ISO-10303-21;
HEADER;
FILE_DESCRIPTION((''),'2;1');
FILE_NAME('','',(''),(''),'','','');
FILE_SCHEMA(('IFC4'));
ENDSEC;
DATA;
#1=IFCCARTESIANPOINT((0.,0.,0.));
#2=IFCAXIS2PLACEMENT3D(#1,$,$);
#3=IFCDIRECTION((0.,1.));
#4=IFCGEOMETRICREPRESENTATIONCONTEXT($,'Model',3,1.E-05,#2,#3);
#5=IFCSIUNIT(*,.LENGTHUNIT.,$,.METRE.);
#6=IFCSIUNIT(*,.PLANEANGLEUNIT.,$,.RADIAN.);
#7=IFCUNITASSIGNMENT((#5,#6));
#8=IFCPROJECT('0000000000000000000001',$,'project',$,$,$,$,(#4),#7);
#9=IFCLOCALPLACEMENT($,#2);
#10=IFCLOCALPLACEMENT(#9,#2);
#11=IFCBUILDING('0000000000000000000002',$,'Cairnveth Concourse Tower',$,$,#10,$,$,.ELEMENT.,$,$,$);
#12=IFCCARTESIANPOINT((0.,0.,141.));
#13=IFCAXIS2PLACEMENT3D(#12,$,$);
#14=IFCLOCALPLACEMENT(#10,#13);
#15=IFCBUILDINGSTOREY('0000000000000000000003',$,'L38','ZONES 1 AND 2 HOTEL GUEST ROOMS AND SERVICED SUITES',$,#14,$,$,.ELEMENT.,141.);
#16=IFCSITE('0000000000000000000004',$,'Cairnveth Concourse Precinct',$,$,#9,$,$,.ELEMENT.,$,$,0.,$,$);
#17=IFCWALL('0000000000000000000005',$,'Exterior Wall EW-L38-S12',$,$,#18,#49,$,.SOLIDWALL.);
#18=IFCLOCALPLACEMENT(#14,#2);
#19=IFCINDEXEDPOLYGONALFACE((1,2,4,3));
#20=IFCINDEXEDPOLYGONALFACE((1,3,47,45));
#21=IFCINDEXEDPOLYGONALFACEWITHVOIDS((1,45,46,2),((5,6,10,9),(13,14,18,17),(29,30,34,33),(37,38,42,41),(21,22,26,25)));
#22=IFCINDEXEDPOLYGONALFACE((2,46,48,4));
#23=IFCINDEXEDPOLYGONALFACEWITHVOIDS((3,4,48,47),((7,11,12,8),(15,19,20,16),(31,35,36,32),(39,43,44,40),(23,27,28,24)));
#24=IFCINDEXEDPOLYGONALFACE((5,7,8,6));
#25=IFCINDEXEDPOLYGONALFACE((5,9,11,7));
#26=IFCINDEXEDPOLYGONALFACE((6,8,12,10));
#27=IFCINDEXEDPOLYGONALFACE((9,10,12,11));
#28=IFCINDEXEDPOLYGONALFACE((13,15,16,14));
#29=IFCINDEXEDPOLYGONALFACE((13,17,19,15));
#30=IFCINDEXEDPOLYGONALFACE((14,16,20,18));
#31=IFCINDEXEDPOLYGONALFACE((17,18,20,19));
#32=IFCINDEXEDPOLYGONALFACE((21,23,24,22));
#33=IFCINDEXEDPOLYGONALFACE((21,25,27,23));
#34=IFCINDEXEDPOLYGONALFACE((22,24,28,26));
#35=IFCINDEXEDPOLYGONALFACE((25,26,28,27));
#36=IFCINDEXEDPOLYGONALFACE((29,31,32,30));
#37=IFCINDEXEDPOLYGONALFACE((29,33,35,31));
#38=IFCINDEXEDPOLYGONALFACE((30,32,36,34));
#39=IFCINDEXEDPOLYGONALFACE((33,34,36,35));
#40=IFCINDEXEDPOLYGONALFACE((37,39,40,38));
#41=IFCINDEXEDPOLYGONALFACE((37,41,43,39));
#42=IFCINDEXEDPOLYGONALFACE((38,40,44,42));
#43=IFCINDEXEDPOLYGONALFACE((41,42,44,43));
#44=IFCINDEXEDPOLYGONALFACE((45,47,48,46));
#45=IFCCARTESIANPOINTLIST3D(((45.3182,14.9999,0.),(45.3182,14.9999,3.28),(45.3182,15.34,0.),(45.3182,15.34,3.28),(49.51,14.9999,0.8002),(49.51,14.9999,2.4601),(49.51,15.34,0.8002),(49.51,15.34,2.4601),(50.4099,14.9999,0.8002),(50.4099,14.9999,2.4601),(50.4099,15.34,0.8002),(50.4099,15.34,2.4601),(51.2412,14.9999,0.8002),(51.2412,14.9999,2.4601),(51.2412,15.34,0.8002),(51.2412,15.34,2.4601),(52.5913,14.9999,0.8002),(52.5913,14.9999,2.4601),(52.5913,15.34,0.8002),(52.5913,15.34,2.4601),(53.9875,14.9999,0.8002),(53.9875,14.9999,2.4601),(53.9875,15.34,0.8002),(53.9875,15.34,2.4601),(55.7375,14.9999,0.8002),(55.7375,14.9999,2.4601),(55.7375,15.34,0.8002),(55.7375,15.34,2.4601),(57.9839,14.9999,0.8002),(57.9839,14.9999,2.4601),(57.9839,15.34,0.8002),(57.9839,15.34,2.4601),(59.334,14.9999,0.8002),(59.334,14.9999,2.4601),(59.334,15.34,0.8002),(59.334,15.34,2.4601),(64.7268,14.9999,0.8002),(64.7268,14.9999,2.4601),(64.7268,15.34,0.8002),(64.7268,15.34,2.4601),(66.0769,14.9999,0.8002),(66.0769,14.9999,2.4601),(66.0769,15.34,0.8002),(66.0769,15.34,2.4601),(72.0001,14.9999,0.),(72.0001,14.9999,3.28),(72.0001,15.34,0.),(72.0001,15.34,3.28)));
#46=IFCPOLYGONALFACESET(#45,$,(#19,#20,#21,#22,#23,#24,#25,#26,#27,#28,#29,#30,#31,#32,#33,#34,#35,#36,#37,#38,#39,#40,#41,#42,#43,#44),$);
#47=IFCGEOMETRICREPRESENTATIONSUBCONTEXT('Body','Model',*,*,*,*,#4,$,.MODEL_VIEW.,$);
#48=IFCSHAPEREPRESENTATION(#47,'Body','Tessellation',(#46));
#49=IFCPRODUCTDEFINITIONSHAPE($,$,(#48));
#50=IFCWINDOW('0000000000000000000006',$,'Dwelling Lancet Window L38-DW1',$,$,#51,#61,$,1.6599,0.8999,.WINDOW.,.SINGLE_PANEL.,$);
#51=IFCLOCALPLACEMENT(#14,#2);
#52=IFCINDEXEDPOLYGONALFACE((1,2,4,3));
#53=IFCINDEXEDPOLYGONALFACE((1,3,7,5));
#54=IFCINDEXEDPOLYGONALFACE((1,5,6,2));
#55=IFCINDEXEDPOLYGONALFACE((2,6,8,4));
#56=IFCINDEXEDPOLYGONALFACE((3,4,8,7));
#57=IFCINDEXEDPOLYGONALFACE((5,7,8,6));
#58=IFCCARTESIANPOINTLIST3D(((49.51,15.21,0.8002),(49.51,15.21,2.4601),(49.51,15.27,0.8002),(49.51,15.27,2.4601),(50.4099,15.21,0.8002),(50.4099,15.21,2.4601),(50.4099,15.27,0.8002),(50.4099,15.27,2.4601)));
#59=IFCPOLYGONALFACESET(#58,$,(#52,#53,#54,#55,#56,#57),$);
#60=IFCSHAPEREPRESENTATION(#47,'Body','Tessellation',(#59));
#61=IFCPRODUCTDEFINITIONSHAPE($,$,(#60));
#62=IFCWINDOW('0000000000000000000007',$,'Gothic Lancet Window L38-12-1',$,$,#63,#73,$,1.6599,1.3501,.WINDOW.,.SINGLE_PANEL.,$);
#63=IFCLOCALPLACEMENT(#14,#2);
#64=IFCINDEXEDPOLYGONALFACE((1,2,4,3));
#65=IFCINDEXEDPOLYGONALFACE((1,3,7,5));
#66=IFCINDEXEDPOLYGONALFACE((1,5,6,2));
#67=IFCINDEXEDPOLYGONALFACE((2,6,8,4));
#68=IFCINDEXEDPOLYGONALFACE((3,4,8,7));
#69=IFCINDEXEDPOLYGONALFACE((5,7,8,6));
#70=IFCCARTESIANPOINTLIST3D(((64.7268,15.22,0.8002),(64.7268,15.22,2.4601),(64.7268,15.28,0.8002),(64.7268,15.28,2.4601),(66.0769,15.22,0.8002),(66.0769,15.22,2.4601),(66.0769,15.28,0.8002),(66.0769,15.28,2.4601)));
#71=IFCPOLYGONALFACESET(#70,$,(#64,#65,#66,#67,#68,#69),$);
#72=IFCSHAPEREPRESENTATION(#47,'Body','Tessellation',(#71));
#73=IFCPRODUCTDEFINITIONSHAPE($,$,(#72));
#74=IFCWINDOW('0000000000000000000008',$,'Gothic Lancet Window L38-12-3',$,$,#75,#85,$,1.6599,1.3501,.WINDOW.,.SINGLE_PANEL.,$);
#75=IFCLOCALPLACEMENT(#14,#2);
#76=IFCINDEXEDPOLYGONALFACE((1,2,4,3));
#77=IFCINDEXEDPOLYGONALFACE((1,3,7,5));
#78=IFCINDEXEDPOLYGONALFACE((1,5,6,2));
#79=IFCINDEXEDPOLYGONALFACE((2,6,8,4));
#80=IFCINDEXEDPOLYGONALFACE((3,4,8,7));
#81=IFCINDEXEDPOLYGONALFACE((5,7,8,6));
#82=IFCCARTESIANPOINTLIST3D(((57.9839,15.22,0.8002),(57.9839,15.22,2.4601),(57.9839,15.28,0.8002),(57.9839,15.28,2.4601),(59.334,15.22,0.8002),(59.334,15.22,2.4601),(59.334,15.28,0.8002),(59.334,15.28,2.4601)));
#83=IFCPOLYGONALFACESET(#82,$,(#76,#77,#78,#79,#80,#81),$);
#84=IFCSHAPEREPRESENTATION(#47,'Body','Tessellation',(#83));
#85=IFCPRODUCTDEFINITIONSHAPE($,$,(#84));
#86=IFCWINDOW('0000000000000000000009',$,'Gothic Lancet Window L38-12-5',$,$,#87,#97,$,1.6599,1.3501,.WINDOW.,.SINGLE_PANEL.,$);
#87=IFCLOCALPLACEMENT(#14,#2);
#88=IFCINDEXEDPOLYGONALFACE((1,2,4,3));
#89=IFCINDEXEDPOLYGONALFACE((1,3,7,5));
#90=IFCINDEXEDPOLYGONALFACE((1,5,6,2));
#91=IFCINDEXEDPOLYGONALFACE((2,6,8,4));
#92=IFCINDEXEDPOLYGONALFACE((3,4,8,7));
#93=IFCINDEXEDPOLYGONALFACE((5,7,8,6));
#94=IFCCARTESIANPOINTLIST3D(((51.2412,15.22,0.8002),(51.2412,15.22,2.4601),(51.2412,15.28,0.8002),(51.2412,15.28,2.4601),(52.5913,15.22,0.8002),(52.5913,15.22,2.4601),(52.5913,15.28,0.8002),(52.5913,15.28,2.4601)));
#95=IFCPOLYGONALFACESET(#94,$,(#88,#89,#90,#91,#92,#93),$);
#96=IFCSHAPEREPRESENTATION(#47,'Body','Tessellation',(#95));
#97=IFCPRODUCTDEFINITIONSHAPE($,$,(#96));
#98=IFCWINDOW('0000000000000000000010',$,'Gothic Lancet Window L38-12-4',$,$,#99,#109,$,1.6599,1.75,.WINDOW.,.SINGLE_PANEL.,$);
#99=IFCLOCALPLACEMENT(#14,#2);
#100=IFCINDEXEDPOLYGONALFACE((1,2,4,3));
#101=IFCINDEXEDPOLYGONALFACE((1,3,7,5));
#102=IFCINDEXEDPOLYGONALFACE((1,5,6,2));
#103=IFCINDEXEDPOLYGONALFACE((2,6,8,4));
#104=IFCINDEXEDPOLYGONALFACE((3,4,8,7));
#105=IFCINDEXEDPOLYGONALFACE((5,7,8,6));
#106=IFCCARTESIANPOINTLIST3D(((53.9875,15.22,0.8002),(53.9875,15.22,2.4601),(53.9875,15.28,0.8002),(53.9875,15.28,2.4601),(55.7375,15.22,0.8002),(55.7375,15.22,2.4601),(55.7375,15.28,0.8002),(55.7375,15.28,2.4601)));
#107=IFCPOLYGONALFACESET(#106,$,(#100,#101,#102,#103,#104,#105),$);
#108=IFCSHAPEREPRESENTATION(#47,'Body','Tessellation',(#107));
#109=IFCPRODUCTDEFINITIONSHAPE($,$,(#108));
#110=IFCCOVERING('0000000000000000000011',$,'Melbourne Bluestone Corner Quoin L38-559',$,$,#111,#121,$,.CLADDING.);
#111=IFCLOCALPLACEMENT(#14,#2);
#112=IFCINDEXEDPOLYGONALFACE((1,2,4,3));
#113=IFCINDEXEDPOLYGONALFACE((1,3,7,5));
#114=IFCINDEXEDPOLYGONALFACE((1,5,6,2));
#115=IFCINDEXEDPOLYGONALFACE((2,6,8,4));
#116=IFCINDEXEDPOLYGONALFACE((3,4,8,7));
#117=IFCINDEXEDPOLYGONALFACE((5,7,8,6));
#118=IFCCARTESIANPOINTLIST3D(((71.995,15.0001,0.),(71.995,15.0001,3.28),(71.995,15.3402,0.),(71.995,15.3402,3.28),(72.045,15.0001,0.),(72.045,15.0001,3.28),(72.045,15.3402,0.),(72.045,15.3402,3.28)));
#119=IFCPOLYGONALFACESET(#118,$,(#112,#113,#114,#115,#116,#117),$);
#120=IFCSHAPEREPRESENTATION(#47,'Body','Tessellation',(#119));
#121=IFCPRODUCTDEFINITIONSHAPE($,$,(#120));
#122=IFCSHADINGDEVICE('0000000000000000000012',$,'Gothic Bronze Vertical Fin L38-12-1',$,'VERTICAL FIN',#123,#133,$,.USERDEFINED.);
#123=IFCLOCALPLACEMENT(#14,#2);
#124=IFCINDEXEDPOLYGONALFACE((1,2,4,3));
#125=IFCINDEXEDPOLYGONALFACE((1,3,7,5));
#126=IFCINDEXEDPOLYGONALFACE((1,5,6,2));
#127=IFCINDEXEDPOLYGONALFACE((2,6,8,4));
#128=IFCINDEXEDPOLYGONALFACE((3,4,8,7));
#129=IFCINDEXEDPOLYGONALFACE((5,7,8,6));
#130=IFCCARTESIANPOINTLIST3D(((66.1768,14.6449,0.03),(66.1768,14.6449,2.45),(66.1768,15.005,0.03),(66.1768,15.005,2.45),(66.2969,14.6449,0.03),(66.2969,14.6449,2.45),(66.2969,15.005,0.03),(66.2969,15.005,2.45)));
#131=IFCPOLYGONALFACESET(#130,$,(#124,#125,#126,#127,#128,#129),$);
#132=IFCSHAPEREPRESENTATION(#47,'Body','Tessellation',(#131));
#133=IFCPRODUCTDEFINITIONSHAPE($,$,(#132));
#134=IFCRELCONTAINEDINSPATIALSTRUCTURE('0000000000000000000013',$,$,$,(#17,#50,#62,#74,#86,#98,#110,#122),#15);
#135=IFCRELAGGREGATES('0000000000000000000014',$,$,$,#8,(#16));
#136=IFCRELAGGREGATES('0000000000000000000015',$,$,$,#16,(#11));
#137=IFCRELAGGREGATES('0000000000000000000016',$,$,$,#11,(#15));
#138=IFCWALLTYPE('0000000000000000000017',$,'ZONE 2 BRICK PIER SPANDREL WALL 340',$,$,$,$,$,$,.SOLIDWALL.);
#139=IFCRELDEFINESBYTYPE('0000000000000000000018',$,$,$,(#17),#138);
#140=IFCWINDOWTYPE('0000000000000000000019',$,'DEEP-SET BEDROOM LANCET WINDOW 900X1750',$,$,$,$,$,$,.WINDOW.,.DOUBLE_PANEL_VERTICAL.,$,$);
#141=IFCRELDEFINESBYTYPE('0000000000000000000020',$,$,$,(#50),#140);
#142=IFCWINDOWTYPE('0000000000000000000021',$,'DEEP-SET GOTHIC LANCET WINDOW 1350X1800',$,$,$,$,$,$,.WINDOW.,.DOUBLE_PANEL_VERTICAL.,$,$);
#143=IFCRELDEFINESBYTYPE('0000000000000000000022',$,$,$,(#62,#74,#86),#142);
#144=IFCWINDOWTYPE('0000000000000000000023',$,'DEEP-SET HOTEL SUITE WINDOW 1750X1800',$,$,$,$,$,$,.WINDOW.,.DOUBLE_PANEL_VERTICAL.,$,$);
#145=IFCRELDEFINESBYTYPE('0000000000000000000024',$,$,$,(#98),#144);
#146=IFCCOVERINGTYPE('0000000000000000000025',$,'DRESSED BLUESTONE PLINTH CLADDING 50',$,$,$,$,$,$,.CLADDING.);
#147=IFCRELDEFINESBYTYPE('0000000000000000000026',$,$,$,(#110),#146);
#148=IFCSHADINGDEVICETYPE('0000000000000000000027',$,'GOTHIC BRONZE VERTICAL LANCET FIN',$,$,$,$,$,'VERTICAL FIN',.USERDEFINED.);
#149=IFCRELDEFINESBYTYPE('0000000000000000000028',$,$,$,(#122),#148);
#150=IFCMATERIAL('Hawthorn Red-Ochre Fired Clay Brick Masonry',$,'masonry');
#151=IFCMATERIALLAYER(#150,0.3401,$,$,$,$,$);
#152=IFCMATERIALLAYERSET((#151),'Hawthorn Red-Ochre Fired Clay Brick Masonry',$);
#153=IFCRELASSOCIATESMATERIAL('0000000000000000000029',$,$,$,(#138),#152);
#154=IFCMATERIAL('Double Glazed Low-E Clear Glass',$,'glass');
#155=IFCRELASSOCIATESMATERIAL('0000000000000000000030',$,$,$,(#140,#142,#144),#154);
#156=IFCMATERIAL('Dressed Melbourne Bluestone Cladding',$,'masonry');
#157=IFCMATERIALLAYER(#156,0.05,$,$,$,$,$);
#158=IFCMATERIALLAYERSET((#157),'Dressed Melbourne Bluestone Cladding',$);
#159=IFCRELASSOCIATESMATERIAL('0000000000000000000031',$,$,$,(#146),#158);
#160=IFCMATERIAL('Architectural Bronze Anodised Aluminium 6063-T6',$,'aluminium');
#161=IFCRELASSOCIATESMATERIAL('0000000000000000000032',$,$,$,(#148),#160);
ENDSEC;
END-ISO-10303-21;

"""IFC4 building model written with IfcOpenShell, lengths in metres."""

from ifc_helpers import new_model, si_unit, direction, frame, frame_2d, origin, origin_2d, place, context, subcontext, project, spatial, rectangle, extrude, material, layer, layer_set, type_object, element, fill, save


model = new_model("IFC4")

# Units and contexts
model_context = context("Model", 3, precision=1e-05, world=origin(), true_north=direction((0.0, 1.0)))
body_context = subcontext(model_context, "Body", "Model", "MODEL_VIEW")
ifc_project = project(units=[si_unit("LENGTHUNIT", "METRE"), si_unit("PLANEANGLEUNIT", "RADIAN")], contexts=[model_context])

# Site, building, storey
site_placement = place(None, origin())
site = spatial("IfcSite", under=ifc_project, at=site_placement, Name="Cairnveth Concourse Precinct", CompositionType="ELEMENT", RefElevation=0.0)
building_placement = place(site_placement, origin())
building = spatial("IfcBuilding", under=site, at=building_placement, Name="Cairnveth Concourse Tower", CompositionType="ELEMENT")
storey_placement = place(building_placement, frame((0.0, 0.0, 141.0)))
storey = spatial("IfcBuildingStorey", under=building, at=storey_placement, Name="L38", Description="ZONES 1 AND 2 HOTEL GUEST ROOMS AND SERVICED SUITES", CompositionType="ELEMENT", Elevation=141.0)

# Wall, openings, windows
ifc_material_1 = material(Name="Hawthorn Red-Ochre Fired Clay Brick Masonry", Category="masonry")
ifc_layer_1 = layer(ifc_material_1, 0.3401)
ifc_layer_set_1 = layer_set([ifc_layer_1], Name="Hawthorn Red-Ochre Fired Clay Brick Masonry")
wall_type_1 = type_object("IfcWallType", Name="ZONE 2 BRICK PIER SPANDREL WALL 340", PredefinedType="SOLIDWALL", material=ifc_layer_set_1)
wall_1_placement = place(storey_placement, frame((72.0, 15.1699, 0.0), z_axis=(0.0, 0.0, 1.0), x_axis=(-1.0, 0.0, 0.0)))
wall_1 = element("IfcWall", 1, at=wall_1_placement, inside=storey, type_object=wall_type_1, Name="Exterior Wall EW-L38-S12", PredefinedType="SOLIDWALL", context=body_context, shape_type="SweptSolid", body=[
    extrude(rectangle(XDim=26.6819, YDim=0.3401, at=frame_2d((13.3408, 0.0))), origin(), (0.0, 0.0, 1.0), 3.28),
])
opening_1_placement = place(wall_1_placement, frame((5.9231, 0.0, 0.8)))
opening_1 = element("IfcOpeningElement", 2, at=opening_1_placement, cuts=wall_1, PredefinedType="OPENING", context=body_context, shape_type="SweptSolid", body=[
    extrude(rectangle(XDim=1.3501, YDim=1.6599, at=frame_2d((0.675, 0.8301))), frame((0.0, 0.1799, 0.0), z_axis=(0.0, -1.0, 0.0), x_axis=(1.0, 0.0, 0.0)), (0.0, 0.0, 1.0), 0.3601),
])
opening_2_placement = place(wall_1_placement, frame((12.666, 0.0, 0.8)))
opening_2 = element("IfcOpeningElement", 3, at=opening_2_placement, cuts=wall_1, PredefinedType="OPENING", context=body_context, shape_type="SweptSolid", body=[
    extrude(rectangle(XDim=1.3501, YDim=1.6599, at=frame_2d((0.675, 0.8301))), frame((0.0, 0.1799, 0.0), z_axis=(0.0, -1.0, 0.0), x_axis=(1.0, 0.0, 0.0)), (0.0, 0.0, 1.0), 0.3601),
])
opening_3_placement = place(wall_1_placement, frame((16.2625, 0.0, 0.8)))
opening_3 = element("IfcOpeningElement", 4, at=opening_3_placement, cuts=wall_1, PredefinedType="OPENING", context=body_context, shape_type="SweptSolid", body=[
    extrude(rectangle(XDim=1.75, YDim=1.6599, at=frame_2d((0.875, 0.8301))), frame((0.0, 0.1799, 0.0), z_axis=(0.0, -1.0, 0.0), x_axis=(1.0, 0.0, 0.0)), (0.0, 0.0, 1.0), 0.3601),
])
opening_4_placement = place(wall_1_placement, frame((19.4087, 0.0, 0.8)))
opening_4 = element("IfcOpeningElement", 5, at=opening_4_placement, cuts=wall_1, PredefinedType="OPENING", context=body_context, shape_type="SweptSolid", body=[
    extrude(rectangle(XDim=1.3501, YDim=1.6599, at=frame_2d((0.675, 0.8301))), frame((0.0, 0.1799, 0.0), z_axis=(0.0, -1.0, 0.0), x_axis=(1.0, 0.0, 0.0)), (0.0, 0.0, 1.0), 0.3601),
])
opening_5_placement = place(wall_1_placement, frame((21.5901, 0.0, 0.8)))
opening_5 = element("IfcOpeningElement", 6, at=opening_5_placement, cuts=wall_1, PredefinedType="OPENING", context=body_context, shape_type="SweptSolid", body=[
    extrude(rectangle(XDim=0.8999, YDim=1.6599, at=frame_2d((0.45, 0.8301))), frame((0.0, 0.1799, 0.0), z_axis=(0.0, -1.0, 0.0), x_axis=(1.0, 0.0, 0.0)), (0.0, 0.0, 1.0), 0.3601),
])
ifc_material_2 = material(Name="Double Glazed Low-E Clear Glass", Category="glass")
window_type_1 = type_object("IfcWindowType", Name="DEEP-SET BEDROOM LANCET WINDOW 900X1750", PartitioningType="DOUBLE_PANEL_VERTICAL", PredefinedType="WINDOW", material=ifc_material_2)
window_1_placement = place(opening_5_placement, origin())
window_1 = element("IfcWindow", 7, at=window_1_placement, inside=storey, type_object=window_type_1, Name="Dwelling Lancet Window L38-DW1", OverallHeight=1.6599, OverallWidth=0.8999, PartitioningType="SINGLE_PANEL", PredefinedType="WINDOW", context=body_context, shape_type="SweptSolid", body=[
    extrude(rectangle(XDim=0.8999, YDim=1.6599, at=frame_2d((0.45, 0.8301))), frame((0.0, -0.04, 0.0), z_axis=(0.0, -1.0, 0.0), x_axis=(1.0, 0.0, 0.0)), (0.0, 0.0, 1.0), 0.0601),
])
fill(opening_5, window_1)
window_type_2 = type_object("IfcWindowType", Name="DEEP-SET GOTHIC LANCET WINDOW 1350X1800", PartitioningType="DOUBLE_PANEL_VERTICAL", PredefinedType="WINDOW", material=ifc_material_2)
window_2_placement = place(opening_1_placement, origin())
window_2 = element("IfcWindow", 8, at=window_2_placement, inside=storey, type_object=window_type_2, Name="Gothic Lancet Window L38-12-1", OverallHeight=1.6599, OverallWidth=1.3501, PartitioningType="SINGLE_PANEL", PredefinedType="WINDOW", context=body_context, shape_type="SweptSolid", body=[
    extrude(rectangle(XDim=1.3501, YDim=1.6599, at=frame_2d((0.675, 0.8301))), frame((0.0, -0.05, 0.0), z_axis=(0.0, -1.0, 0.0), x_axis=(1.0, 0.0, 0.0)), (0.0, 0.0, 1.0), 0.0601),
])
fill(opening_1, window_2)
window_3_placement = place(opening_2_placement, origin())
window_3 = element("IfcWindow", 9, at=window_3_placement, inside=storey, type_object=window_type_2, Name="Gothic Lancet Window L38-12-3", OverallHeight=1.6599, OverallWidth=1.3501, PartitioningType="SINGLE_PANEL", PredefinedType="WINDOW", context=body_context, shape_type="SweptSolid", body=[
    extrude(rectangle(XDim=1.3501, YDim=1.6599, at=frame_2d((0.675, 0.8301))), frame((0.0, -0.05, 0.0), z_axis=(0.0, -1.0, 0.0), x_axis=(1.0, 0.0, 0.0)), (0.0, 0.0, 1.0), 0.0601),
])
fill(opening_2, window_3)
window_4_placement = place(opening_4_placement, origin())
window_4 = element("IfcWindow", 10, at=window_4_placement, inside=storey, type_object=window_type_2, Name="Gothic Lancet Window L38-12-5", OverallHeight=1.6599, OverallWidth=1.3501, PartitioningType="SINGLE_PANEL", PredefinedType="WINDOW", context=body_context, shape_type="SweptSolid", body=[
    extrude(rectangle(XDim=1.3501, YDim=1.6599, at=frame_2d((0.675, 0.8301))), frame((0.0, -0.05, 0.0), z_axis=(0.0, -1.0, 0.0), x_axis=(1.0, 0.0, 0.0)), (0.0, 0.0, 1.0), 0.0601),
])
fill(opening_4, window_4)
window_type_3 = type_object("IfcWindowType", Name="DEEP-SET HOTEL SUITE WINDOW 1750X1800", PartitioningType="DOUBLE_PANEL_VERTICAL", PredefinedType="WINDOW", material=ifc_material_2)
window_5_placement = place(opening_3_placement, origin())
window_5 = element("IfcWindow", 11, at=window_5_placement, inside=storey, type_object=window_type_3, Name="Gothic Lancet Window L38-12-4", OverallHeight=1.6599, OverallWidth=1.75, PartitioningType="SINGLE_PANEL", PredefinedType="WINDOW", context=body_context, shape_type="SweptSolid", body=[
    extrude(rectangle(XDim=1.75, YDim=1.6599, at=frame_2d((0.875, 0.8301))), frame((0.0, -0.05, 0.0), z_axis=(0.0, -1.0, 0.0), x_axis=(1.0, 0.0, 0.0)), (0.0, 0.0, 1.0), 0.0601),
])
fill(opening_3, window_5)

# Covering
ifc_material_3 = material(Name="Dressed Melbourne Bluestone Cladding", Category="masonry")
ifc_layer_2 = layer(ifc_material_3, 0.05)
ifc_layer_set_2 = layer_set([ifc_layer_2], Name="Dressed Melbourne Bluestone Cladding")
covering_type = type_object("IfcCoveringType", Name="DRESSED BLUESTONE PLINTH CLADDING 50", PredefinedType="CLADDING", material=ifc_layer_set_2)
covering_placement = place(storey_placement, frame((72.02, 15.3401, 0.0), z_axis=(0.0, 0.0, 1.0), x_axis=(0.0, -1.0, 0.0)))
element("IfcCovering", 12, at=covering_placement, inside=storey, type_object=covering_type, Name="Melbourne Bluestone Corner Quoin L38-559", PredefinedType="CLADDING", context=body_context, shape_type="SweptSolid", body=[
    extrude(rectangle(XDim=0.3401, YDim=0.05, at=frame_2d((0.1699, 0.0))), origin(), (0.0, 0.0, 1.0), 3.28),
])

# Shading device
ifc_material_4 = material(Name="Architectural Bronze Anodised Aluminium 6063-T6", Category="aluminium")
shading_device_type = type_object("IfcShadingDeviceType", Name="GOTHIC BRONZE VERTICAL LANCET FIN", ElementType="VERTICAL FIN", PredefinedType="USERDEFINED", material=ifc_material_4)
shading_device_placement = place(storey_placement, frame((66.2368, 14.825, 0.03), z_axis=(0.0, 0.0, 1.0), x_axis=(1.0, 0.0, 0.0)))
element("IfcShadingDevice", 13, at=shading_device_placement, inside=storey, type_object=shading_device_type, Name="Gothic Bronze Vertical Fin L38-12-1", ObjectType="VERTICAL FIN", PredefinedType="USERDEFINED", context=body_context, shape_type="SweptSolid", body=[
    extrude(rectangle(XDim=0.1201, YDim=0.3601, at=origin_2d()), origin(), (0.0, 0.0, 1.0), 2.4199),
])

save(model, "model.ifc")
